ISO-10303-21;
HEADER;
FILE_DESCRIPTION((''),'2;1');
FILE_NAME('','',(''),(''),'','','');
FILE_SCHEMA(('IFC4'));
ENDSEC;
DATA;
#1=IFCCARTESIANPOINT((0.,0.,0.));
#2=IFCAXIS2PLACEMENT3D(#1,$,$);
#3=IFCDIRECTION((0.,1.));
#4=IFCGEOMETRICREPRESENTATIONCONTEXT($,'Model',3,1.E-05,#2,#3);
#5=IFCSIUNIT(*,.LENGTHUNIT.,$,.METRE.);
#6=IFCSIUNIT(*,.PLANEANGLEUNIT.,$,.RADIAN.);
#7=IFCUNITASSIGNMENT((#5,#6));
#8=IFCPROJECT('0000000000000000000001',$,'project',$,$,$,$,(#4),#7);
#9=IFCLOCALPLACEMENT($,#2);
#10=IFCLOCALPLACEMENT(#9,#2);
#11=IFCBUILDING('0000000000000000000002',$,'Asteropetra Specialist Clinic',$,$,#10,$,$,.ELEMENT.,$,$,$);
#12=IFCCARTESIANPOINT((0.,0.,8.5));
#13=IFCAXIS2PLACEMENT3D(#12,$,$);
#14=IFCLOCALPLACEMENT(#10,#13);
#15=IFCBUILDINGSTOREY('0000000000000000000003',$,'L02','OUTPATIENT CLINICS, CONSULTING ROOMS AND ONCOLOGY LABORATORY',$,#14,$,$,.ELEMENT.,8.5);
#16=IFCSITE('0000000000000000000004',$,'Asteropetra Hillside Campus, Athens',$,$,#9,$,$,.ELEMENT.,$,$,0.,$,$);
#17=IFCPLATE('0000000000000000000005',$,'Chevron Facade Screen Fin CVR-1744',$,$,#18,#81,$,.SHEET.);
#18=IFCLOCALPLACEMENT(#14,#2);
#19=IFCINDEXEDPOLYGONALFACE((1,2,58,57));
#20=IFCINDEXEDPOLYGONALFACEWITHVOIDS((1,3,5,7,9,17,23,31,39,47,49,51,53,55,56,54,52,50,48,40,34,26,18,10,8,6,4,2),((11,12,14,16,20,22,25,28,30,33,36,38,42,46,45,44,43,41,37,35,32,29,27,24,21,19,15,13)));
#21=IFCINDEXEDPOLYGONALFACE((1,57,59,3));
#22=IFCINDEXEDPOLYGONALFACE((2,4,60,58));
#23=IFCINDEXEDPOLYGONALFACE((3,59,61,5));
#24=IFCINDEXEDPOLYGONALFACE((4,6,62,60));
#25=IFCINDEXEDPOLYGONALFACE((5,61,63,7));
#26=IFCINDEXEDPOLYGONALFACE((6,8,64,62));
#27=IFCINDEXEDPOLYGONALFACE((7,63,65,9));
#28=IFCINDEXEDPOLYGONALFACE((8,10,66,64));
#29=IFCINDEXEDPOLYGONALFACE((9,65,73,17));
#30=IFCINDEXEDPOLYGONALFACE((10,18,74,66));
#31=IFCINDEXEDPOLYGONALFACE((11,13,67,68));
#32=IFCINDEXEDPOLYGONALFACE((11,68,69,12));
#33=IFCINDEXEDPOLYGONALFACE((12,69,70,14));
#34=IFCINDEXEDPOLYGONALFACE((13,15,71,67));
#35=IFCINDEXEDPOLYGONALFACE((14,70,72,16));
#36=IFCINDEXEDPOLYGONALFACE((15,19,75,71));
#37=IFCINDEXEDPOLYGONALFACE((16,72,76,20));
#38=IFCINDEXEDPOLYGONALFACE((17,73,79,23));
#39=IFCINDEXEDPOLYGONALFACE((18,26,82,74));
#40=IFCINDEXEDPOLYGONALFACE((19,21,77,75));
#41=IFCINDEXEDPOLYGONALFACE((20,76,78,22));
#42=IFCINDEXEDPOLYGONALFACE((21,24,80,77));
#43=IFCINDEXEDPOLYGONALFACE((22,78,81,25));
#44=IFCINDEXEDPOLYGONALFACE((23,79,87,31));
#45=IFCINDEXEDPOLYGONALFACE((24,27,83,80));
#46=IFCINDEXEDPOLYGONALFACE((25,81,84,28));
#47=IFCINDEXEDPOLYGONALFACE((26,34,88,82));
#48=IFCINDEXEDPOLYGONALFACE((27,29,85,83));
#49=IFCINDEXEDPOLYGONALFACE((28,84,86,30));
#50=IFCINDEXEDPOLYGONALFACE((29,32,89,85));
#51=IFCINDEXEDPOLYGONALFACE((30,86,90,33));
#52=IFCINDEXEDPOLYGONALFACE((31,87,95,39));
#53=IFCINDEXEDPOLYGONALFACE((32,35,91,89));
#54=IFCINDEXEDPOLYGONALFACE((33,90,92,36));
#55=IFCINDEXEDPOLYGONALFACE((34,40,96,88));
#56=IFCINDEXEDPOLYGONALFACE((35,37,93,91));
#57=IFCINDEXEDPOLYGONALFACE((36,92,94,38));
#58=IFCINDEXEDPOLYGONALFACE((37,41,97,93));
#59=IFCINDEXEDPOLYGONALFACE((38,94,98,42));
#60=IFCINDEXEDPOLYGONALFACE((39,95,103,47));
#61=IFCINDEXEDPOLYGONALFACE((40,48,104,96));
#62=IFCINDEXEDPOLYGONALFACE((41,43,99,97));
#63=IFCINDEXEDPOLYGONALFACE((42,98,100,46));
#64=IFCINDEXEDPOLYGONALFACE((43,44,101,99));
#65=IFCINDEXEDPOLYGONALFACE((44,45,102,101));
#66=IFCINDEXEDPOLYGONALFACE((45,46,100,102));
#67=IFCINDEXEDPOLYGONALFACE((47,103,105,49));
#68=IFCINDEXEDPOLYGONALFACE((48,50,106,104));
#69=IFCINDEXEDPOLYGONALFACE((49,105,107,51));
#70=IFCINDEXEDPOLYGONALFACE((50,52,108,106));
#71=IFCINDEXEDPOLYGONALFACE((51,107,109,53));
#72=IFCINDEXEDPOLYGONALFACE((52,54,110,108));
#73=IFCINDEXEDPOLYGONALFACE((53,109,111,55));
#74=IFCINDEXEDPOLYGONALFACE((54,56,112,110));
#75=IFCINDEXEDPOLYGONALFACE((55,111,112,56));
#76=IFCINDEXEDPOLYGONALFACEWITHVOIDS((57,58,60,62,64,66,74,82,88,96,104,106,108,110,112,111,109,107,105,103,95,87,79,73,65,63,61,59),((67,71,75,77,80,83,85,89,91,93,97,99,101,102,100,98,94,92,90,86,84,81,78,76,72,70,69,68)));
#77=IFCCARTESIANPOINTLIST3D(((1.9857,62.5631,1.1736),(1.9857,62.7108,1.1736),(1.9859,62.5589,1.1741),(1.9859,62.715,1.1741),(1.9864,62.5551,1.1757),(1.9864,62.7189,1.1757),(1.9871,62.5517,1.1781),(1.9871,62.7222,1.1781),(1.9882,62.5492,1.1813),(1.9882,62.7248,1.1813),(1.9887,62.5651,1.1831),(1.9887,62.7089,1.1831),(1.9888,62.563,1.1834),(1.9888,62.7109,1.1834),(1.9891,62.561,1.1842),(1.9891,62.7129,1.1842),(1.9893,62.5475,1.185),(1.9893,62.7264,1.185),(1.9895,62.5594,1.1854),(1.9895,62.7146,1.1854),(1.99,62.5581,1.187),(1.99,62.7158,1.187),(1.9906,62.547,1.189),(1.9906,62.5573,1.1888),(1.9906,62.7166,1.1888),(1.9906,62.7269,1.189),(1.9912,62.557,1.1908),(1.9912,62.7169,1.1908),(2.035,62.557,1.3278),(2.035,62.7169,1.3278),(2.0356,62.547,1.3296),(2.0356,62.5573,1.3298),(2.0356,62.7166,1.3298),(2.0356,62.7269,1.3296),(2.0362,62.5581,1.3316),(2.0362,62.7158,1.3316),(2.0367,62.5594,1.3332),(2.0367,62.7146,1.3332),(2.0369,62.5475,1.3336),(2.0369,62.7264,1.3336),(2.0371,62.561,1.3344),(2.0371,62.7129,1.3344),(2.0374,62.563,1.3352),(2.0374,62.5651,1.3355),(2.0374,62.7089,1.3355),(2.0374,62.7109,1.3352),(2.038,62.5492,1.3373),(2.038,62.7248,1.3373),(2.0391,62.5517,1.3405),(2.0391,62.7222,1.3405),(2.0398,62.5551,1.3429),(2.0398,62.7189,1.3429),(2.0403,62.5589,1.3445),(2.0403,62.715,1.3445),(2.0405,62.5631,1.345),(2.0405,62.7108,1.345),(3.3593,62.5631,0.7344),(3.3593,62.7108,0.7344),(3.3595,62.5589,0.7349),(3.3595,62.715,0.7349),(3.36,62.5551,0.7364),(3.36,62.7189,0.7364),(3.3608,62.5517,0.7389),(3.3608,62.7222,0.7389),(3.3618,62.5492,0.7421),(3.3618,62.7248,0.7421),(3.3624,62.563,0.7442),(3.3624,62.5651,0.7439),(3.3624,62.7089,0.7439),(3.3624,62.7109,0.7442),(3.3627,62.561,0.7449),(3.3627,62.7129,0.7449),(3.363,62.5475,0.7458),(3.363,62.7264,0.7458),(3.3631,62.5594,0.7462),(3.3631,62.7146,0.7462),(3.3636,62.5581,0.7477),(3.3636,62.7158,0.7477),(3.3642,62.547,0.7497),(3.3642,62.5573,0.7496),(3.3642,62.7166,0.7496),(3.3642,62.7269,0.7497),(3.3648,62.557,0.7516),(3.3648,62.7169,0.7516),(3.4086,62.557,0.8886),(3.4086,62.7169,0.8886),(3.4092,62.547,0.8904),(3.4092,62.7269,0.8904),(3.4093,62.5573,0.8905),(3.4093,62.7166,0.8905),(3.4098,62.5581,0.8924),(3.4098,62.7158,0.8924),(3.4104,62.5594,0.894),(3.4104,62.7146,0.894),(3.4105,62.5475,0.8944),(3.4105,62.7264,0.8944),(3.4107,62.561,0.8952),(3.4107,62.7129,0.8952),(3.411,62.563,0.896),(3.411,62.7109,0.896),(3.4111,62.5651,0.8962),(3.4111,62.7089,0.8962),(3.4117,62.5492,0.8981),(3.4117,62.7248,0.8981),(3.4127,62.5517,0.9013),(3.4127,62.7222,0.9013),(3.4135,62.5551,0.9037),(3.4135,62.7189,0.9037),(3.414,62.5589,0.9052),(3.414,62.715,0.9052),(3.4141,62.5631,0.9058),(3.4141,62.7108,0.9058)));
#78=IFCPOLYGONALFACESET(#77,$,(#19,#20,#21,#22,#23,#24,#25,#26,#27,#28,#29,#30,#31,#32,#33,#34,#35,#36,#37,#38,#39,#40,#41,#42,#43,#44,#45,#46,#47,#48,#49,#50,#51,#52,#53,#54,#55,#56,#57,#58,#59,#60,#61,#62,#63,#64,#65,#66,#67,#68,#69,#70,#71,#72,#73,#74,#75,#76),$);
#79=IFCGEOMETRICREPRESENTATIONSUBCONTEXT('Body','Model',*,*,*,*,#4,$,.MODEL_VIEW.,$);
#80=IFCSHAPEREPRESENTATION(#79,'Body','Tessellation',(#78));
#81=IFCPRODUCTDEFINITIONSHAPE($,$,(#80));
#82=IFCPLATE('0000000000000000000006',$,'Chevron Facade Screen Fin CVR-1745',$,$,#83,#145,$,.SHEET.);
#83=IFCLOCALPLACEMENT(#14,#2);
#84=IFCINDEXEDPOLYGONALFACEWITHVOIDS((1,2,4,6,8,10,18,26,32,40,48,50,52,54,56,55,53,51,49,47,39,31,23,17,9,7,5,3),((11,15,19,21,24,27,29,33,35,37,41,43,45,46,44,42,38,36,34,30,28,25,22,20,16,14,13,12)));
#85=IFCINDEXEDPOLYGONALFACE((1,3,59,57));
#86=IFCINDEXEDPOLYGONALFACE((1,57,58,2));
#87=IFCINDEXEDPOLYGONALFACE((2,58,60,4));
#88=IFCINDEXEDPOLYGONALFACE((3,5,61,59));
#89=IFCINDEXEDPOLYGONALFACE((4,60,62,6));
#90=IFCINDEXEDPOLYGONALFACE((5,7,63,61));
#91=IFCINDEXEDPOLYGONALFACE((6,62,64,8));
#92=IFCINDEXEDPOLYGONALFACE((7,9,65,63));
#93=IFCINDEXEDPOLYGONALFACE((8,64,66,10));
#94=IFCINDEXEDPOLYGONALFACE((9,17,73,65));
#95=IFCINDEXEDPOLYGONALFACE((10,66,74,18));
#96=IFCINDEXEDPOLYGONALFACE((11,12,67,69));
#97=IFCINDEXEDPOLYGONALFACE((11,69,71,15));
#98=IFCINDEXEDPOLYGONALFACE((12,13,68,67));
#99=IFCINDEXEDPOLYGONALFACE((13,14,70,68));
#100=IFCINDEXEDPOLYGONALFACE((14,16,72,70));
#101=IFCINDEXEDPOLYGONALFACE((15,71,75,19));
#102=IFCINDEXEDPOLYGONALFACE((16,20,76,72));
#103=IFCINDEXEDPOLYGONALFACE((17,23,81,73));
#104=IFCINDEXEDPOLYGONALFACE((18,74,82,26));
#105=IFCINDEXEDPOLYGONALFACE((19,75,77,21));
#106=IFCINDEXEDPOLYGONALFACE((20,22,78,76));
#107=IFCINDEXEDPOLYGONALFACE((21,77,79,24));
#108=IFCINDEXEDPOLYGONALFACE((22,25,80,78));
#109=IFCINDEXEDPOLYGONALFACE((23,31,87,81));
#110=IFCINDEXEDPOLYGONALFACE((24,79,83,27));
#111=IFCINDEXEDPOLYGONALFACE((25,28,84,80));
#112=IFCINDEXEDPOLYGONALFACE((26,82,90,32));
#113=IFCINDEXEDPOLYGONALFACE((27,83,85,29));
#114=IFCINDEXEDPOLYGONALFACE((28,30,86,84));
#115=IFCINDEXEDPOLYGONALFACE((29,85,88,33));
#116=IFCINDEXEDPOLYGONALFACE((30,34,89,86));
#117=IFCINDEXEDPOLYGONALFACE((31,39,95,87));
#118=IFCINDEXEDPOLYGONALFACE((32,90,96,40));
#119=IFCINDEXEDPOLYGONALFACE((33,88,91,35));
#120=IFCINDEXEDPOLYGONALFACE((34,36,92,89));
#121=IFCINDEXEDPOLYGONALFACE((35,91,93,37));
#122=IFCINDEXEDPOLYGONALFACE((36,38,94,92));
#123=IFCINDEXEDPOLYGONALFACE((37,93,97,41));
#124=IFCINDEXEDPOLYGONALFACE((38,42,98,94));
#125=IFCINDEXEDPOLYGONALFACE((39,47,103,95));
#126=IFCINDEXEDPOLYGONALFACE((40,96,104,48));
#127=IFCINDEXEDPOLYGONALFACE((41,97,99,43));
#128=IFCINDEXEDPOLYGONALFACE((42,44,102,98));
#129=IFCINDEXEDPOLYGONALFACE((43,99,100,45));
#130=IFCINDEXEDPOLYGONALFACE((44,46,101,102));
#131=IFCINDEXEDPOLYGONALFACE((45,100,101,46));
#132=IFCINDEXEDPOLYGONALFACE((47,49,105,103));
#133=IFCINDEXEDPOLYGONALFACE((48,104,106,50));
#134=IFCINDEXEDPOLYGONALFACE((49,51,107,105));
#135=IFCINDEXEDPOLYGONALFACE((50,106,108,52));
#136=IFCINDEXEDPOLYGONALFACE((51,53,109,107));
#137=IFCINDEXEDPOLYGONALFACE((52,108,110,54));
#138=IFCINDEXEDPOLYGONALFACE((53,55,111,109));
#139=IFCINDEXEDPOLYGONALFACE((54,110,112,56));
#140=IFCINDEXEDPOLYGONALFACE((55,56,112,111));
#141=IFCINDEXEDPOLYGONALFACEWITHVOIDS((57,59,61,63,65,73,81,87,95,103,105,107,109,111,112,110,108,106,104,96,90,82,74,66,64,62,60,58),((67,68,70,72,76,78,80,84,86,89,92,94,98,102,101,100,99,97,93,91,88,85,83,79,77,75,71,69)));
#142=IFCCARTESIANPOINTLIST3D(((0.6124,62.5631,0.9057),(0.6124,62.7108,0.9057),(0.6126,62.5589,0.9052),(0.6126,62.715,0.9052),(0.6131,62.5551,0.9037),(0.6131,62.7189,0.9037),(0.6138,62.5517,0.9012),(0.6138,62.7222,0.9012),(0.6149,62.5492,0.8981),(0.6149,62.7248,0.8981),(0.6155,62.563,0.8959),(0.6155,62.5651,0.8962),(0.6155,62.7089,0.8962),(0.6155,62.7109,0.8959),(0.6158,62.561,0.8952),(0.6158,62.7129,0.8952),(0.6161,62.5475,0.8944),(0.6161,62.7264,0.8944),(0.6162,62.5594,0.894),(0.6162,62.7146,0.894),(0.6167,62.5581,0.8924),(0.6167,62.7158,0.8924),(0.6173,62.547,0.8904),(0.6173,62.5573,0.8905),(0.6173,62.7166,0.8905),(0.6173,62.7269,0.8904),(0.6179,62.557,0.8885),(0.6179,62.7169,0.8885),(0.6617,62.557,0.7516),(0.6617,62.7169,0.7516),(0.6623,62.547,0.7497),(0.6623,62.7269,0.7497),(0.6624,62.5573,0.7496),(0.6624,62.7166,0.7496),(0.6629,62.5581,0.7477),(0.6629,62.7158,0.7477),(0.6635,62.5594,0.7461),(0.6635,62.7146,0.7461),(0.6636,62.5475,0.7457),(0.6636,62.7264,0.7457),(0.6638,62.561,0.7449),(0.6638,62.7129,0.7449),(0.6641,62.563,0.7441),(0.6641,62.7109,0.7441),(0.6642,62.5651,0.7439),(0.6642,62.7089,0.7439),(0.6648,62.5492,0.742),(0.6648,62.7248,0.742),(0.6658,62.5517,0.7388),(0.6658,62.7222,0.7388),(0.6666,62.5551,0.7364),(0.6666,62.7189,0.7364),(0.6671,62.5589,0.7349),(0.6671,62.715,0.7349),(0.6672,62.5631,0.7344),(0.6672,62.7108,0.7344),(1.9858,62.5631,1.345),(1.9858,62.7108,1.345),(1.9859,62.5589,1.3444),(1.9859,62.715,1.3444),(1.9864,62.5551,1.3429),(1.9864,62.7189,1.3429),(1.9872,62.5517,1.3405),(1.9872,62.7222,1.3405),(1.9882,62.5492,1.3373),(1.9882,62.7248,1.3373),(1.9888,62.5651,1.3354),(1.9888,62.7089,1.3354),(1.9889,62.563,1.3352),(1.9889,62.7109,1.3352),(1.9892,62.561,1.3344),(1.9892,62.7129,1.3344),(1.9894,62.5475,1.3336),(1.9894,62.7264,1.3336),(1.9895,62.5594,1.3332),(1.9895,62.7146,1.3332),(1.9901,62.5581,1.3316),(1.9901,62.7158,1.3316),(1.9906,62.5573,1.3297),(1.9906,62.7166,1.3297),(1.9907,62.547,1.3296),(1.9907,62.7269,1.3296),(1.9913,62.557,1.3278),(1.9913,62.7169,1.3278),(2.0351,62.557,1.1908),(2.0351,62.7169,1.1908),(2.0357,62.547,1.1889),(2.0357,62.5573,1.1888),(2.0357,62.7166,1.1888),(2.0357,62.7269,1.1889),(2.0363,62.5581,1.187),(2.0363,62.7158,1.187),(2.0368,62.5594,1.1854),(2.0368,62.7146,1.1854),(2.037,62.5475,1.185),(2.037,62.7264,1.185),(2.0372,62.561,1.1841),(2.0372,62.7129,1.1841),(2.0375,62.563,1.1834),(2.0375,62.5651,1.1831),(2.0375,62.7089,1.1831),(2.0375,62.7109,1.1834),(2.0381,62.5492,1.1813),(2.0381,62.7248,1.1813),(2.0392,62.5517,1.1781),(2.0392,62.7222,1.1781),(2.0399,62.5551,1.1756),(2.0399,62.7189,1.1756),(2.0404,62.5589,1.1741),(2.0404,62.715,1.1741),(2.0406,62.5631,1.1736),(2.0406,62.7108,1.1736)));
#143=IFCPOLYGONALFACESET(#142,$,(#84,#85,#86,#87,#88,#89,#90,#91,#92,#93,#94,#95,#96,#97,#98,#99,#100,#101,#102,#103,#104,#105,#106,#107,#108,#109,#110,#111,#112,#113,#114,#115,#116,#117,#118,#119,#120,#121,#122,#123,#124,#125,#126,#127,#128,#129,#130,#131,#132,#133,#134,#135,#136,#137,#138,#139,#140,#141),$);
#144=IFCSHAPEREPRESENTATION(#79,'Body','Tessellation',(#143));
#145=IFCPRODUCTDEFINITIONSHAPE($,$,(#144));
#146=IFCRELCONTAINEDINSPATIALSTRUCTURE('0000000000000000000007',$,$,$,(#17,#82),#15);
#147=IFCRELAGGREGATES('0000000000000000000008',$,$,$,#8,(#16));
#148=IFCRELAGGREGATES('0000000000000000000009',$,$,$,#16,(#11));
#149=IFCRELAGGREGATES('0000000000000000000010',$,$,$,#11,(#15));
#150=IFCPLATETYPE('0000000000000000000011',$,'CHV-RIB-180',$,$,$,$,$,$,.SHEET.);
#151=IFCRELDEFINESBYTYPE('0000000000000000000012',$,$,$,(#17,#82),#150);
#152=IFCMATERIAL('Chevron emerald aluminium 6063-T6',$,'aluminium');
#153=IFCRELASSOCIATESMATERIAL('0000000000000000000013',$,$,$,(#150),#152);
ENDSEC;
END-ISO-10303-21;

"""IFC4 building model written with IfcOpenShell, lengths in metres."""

from ifc_helpers import new_model, si_unit, direction, frame, origin, origin_2d, place, context, subcontext, project, spatial, hollow_rectangle, extrude, material, material_profile, profile_set, type_object, element, save


model = new_model("IFC4")

# Units and contexts
model_context = context("Model", 3, precision=1e-05, world=origin(), true_north=direction((0.0, 1.0)))
body_context = subcontext(model_context, "Body", "Model", "MODEL_VIEW")
ifc_project = project(units=[si_unit("LENGTHUNIT", "METRE"), si_unit("PLANEANGLEUNIT", "RADIAN")], contexts=[model_context])

# Site, building, storey
site_placement = place(None, origin())
site = spatial("IfcSite", under=ifc_project, at=site_placement, Name="Asteropetra Hillside Campus, Athens", CompositionType="ELEMENT", RefElevation=0.0)
building_placement = place(site_placement, origin())
building = spatial("IfcBuilding", under=site, at=building_placement, Name="Asteropetra Specialist Clinic", CompositionType="ELEMENT")
storey_placement = place(building_placement, frame((0.0, 0.0, 8.5)))
storey = spatial("IfcBuildingStorey", under=building, at=storey_placement, Name="L02", Description="OUTPATIENT CLINICS, CONSULTING ROOMS AND ONCOLOGY LABORATORY", CompositionType="ELEMENT", Elevation=8.5)

# Plates
ifc_material_1 = material(Name="Chevron emerald aluminium 6063-T6", Category="aluminium")
ifc_material_profile_1 = material_profile(ifc_material_1, hollow_rectangle(XDim=0.1799, YDim=0.1799, WallThickness=0.01, InnerFilletRadius=0.0081, OuterFilletRadius=0.0161, at=origin_2d()), Name="SHS 180x180x10.0")
ifc_profile_set_1 = profile_set([ifc_material_profile_1], Name="Chevron emerald aluminium 6063-T6")
plate_type_1 = type_object("IfcPlateType", Name="CHV-RIB-180", PredefinedType="SHEET", material=ifc_profile_set_1)
plate_1_placement = place(storey_placement, frame((3.3867, 62.637, 0.8201), z_axis=(-0.952489, 0.0, 0.304573), x_axis=(0.0, -1.0, 0.0)))
element("IfcPlate", 1, at=plate_1_placement, inside=storey, type_object=plate_type_1, Name="Chevron Facade Screen Fin CVR-1744", PredefinedType="SHEET", context=body_context, shape_type="SweptSolid", body=[
    extrude(hollow_rectangle(XDim=0.1799, YDim=0.1799, WallThickness=0.01, InnerFilletRadius=0.0081, OuterFilletRadius=0.0161, at=origin_2d()), origin(), (0.0, 0.0, 1.0), 1.4421),
])
plate_2_placement = place(storey_placement, frame((2.0132, 62.637, 1.2593), z_axis=(-0.952473, 0.0, -0.304622), x_axis=(0.0, -1.0, 0.0)))
element("IfcPlate", 2, at=plate_2_placement, inside=storey, type_object=plate_type_1, Name="Chevron Facade Screen Fin CVR-1745", PredefinedType="SHEET", context=body_context, shape_type="SweptSolid", body=[
    extrude(hollow_rectangle(XDim=0.1799, YDim=0.1799, WallThickness=0.01, InnerFilletRadius=0.0081, OuterFilletRadius=0.0161, at=origin_2d()), origin(), (0.0, 0.0, 1.0), 1.4419),
])

save(model, "model.ifc")
